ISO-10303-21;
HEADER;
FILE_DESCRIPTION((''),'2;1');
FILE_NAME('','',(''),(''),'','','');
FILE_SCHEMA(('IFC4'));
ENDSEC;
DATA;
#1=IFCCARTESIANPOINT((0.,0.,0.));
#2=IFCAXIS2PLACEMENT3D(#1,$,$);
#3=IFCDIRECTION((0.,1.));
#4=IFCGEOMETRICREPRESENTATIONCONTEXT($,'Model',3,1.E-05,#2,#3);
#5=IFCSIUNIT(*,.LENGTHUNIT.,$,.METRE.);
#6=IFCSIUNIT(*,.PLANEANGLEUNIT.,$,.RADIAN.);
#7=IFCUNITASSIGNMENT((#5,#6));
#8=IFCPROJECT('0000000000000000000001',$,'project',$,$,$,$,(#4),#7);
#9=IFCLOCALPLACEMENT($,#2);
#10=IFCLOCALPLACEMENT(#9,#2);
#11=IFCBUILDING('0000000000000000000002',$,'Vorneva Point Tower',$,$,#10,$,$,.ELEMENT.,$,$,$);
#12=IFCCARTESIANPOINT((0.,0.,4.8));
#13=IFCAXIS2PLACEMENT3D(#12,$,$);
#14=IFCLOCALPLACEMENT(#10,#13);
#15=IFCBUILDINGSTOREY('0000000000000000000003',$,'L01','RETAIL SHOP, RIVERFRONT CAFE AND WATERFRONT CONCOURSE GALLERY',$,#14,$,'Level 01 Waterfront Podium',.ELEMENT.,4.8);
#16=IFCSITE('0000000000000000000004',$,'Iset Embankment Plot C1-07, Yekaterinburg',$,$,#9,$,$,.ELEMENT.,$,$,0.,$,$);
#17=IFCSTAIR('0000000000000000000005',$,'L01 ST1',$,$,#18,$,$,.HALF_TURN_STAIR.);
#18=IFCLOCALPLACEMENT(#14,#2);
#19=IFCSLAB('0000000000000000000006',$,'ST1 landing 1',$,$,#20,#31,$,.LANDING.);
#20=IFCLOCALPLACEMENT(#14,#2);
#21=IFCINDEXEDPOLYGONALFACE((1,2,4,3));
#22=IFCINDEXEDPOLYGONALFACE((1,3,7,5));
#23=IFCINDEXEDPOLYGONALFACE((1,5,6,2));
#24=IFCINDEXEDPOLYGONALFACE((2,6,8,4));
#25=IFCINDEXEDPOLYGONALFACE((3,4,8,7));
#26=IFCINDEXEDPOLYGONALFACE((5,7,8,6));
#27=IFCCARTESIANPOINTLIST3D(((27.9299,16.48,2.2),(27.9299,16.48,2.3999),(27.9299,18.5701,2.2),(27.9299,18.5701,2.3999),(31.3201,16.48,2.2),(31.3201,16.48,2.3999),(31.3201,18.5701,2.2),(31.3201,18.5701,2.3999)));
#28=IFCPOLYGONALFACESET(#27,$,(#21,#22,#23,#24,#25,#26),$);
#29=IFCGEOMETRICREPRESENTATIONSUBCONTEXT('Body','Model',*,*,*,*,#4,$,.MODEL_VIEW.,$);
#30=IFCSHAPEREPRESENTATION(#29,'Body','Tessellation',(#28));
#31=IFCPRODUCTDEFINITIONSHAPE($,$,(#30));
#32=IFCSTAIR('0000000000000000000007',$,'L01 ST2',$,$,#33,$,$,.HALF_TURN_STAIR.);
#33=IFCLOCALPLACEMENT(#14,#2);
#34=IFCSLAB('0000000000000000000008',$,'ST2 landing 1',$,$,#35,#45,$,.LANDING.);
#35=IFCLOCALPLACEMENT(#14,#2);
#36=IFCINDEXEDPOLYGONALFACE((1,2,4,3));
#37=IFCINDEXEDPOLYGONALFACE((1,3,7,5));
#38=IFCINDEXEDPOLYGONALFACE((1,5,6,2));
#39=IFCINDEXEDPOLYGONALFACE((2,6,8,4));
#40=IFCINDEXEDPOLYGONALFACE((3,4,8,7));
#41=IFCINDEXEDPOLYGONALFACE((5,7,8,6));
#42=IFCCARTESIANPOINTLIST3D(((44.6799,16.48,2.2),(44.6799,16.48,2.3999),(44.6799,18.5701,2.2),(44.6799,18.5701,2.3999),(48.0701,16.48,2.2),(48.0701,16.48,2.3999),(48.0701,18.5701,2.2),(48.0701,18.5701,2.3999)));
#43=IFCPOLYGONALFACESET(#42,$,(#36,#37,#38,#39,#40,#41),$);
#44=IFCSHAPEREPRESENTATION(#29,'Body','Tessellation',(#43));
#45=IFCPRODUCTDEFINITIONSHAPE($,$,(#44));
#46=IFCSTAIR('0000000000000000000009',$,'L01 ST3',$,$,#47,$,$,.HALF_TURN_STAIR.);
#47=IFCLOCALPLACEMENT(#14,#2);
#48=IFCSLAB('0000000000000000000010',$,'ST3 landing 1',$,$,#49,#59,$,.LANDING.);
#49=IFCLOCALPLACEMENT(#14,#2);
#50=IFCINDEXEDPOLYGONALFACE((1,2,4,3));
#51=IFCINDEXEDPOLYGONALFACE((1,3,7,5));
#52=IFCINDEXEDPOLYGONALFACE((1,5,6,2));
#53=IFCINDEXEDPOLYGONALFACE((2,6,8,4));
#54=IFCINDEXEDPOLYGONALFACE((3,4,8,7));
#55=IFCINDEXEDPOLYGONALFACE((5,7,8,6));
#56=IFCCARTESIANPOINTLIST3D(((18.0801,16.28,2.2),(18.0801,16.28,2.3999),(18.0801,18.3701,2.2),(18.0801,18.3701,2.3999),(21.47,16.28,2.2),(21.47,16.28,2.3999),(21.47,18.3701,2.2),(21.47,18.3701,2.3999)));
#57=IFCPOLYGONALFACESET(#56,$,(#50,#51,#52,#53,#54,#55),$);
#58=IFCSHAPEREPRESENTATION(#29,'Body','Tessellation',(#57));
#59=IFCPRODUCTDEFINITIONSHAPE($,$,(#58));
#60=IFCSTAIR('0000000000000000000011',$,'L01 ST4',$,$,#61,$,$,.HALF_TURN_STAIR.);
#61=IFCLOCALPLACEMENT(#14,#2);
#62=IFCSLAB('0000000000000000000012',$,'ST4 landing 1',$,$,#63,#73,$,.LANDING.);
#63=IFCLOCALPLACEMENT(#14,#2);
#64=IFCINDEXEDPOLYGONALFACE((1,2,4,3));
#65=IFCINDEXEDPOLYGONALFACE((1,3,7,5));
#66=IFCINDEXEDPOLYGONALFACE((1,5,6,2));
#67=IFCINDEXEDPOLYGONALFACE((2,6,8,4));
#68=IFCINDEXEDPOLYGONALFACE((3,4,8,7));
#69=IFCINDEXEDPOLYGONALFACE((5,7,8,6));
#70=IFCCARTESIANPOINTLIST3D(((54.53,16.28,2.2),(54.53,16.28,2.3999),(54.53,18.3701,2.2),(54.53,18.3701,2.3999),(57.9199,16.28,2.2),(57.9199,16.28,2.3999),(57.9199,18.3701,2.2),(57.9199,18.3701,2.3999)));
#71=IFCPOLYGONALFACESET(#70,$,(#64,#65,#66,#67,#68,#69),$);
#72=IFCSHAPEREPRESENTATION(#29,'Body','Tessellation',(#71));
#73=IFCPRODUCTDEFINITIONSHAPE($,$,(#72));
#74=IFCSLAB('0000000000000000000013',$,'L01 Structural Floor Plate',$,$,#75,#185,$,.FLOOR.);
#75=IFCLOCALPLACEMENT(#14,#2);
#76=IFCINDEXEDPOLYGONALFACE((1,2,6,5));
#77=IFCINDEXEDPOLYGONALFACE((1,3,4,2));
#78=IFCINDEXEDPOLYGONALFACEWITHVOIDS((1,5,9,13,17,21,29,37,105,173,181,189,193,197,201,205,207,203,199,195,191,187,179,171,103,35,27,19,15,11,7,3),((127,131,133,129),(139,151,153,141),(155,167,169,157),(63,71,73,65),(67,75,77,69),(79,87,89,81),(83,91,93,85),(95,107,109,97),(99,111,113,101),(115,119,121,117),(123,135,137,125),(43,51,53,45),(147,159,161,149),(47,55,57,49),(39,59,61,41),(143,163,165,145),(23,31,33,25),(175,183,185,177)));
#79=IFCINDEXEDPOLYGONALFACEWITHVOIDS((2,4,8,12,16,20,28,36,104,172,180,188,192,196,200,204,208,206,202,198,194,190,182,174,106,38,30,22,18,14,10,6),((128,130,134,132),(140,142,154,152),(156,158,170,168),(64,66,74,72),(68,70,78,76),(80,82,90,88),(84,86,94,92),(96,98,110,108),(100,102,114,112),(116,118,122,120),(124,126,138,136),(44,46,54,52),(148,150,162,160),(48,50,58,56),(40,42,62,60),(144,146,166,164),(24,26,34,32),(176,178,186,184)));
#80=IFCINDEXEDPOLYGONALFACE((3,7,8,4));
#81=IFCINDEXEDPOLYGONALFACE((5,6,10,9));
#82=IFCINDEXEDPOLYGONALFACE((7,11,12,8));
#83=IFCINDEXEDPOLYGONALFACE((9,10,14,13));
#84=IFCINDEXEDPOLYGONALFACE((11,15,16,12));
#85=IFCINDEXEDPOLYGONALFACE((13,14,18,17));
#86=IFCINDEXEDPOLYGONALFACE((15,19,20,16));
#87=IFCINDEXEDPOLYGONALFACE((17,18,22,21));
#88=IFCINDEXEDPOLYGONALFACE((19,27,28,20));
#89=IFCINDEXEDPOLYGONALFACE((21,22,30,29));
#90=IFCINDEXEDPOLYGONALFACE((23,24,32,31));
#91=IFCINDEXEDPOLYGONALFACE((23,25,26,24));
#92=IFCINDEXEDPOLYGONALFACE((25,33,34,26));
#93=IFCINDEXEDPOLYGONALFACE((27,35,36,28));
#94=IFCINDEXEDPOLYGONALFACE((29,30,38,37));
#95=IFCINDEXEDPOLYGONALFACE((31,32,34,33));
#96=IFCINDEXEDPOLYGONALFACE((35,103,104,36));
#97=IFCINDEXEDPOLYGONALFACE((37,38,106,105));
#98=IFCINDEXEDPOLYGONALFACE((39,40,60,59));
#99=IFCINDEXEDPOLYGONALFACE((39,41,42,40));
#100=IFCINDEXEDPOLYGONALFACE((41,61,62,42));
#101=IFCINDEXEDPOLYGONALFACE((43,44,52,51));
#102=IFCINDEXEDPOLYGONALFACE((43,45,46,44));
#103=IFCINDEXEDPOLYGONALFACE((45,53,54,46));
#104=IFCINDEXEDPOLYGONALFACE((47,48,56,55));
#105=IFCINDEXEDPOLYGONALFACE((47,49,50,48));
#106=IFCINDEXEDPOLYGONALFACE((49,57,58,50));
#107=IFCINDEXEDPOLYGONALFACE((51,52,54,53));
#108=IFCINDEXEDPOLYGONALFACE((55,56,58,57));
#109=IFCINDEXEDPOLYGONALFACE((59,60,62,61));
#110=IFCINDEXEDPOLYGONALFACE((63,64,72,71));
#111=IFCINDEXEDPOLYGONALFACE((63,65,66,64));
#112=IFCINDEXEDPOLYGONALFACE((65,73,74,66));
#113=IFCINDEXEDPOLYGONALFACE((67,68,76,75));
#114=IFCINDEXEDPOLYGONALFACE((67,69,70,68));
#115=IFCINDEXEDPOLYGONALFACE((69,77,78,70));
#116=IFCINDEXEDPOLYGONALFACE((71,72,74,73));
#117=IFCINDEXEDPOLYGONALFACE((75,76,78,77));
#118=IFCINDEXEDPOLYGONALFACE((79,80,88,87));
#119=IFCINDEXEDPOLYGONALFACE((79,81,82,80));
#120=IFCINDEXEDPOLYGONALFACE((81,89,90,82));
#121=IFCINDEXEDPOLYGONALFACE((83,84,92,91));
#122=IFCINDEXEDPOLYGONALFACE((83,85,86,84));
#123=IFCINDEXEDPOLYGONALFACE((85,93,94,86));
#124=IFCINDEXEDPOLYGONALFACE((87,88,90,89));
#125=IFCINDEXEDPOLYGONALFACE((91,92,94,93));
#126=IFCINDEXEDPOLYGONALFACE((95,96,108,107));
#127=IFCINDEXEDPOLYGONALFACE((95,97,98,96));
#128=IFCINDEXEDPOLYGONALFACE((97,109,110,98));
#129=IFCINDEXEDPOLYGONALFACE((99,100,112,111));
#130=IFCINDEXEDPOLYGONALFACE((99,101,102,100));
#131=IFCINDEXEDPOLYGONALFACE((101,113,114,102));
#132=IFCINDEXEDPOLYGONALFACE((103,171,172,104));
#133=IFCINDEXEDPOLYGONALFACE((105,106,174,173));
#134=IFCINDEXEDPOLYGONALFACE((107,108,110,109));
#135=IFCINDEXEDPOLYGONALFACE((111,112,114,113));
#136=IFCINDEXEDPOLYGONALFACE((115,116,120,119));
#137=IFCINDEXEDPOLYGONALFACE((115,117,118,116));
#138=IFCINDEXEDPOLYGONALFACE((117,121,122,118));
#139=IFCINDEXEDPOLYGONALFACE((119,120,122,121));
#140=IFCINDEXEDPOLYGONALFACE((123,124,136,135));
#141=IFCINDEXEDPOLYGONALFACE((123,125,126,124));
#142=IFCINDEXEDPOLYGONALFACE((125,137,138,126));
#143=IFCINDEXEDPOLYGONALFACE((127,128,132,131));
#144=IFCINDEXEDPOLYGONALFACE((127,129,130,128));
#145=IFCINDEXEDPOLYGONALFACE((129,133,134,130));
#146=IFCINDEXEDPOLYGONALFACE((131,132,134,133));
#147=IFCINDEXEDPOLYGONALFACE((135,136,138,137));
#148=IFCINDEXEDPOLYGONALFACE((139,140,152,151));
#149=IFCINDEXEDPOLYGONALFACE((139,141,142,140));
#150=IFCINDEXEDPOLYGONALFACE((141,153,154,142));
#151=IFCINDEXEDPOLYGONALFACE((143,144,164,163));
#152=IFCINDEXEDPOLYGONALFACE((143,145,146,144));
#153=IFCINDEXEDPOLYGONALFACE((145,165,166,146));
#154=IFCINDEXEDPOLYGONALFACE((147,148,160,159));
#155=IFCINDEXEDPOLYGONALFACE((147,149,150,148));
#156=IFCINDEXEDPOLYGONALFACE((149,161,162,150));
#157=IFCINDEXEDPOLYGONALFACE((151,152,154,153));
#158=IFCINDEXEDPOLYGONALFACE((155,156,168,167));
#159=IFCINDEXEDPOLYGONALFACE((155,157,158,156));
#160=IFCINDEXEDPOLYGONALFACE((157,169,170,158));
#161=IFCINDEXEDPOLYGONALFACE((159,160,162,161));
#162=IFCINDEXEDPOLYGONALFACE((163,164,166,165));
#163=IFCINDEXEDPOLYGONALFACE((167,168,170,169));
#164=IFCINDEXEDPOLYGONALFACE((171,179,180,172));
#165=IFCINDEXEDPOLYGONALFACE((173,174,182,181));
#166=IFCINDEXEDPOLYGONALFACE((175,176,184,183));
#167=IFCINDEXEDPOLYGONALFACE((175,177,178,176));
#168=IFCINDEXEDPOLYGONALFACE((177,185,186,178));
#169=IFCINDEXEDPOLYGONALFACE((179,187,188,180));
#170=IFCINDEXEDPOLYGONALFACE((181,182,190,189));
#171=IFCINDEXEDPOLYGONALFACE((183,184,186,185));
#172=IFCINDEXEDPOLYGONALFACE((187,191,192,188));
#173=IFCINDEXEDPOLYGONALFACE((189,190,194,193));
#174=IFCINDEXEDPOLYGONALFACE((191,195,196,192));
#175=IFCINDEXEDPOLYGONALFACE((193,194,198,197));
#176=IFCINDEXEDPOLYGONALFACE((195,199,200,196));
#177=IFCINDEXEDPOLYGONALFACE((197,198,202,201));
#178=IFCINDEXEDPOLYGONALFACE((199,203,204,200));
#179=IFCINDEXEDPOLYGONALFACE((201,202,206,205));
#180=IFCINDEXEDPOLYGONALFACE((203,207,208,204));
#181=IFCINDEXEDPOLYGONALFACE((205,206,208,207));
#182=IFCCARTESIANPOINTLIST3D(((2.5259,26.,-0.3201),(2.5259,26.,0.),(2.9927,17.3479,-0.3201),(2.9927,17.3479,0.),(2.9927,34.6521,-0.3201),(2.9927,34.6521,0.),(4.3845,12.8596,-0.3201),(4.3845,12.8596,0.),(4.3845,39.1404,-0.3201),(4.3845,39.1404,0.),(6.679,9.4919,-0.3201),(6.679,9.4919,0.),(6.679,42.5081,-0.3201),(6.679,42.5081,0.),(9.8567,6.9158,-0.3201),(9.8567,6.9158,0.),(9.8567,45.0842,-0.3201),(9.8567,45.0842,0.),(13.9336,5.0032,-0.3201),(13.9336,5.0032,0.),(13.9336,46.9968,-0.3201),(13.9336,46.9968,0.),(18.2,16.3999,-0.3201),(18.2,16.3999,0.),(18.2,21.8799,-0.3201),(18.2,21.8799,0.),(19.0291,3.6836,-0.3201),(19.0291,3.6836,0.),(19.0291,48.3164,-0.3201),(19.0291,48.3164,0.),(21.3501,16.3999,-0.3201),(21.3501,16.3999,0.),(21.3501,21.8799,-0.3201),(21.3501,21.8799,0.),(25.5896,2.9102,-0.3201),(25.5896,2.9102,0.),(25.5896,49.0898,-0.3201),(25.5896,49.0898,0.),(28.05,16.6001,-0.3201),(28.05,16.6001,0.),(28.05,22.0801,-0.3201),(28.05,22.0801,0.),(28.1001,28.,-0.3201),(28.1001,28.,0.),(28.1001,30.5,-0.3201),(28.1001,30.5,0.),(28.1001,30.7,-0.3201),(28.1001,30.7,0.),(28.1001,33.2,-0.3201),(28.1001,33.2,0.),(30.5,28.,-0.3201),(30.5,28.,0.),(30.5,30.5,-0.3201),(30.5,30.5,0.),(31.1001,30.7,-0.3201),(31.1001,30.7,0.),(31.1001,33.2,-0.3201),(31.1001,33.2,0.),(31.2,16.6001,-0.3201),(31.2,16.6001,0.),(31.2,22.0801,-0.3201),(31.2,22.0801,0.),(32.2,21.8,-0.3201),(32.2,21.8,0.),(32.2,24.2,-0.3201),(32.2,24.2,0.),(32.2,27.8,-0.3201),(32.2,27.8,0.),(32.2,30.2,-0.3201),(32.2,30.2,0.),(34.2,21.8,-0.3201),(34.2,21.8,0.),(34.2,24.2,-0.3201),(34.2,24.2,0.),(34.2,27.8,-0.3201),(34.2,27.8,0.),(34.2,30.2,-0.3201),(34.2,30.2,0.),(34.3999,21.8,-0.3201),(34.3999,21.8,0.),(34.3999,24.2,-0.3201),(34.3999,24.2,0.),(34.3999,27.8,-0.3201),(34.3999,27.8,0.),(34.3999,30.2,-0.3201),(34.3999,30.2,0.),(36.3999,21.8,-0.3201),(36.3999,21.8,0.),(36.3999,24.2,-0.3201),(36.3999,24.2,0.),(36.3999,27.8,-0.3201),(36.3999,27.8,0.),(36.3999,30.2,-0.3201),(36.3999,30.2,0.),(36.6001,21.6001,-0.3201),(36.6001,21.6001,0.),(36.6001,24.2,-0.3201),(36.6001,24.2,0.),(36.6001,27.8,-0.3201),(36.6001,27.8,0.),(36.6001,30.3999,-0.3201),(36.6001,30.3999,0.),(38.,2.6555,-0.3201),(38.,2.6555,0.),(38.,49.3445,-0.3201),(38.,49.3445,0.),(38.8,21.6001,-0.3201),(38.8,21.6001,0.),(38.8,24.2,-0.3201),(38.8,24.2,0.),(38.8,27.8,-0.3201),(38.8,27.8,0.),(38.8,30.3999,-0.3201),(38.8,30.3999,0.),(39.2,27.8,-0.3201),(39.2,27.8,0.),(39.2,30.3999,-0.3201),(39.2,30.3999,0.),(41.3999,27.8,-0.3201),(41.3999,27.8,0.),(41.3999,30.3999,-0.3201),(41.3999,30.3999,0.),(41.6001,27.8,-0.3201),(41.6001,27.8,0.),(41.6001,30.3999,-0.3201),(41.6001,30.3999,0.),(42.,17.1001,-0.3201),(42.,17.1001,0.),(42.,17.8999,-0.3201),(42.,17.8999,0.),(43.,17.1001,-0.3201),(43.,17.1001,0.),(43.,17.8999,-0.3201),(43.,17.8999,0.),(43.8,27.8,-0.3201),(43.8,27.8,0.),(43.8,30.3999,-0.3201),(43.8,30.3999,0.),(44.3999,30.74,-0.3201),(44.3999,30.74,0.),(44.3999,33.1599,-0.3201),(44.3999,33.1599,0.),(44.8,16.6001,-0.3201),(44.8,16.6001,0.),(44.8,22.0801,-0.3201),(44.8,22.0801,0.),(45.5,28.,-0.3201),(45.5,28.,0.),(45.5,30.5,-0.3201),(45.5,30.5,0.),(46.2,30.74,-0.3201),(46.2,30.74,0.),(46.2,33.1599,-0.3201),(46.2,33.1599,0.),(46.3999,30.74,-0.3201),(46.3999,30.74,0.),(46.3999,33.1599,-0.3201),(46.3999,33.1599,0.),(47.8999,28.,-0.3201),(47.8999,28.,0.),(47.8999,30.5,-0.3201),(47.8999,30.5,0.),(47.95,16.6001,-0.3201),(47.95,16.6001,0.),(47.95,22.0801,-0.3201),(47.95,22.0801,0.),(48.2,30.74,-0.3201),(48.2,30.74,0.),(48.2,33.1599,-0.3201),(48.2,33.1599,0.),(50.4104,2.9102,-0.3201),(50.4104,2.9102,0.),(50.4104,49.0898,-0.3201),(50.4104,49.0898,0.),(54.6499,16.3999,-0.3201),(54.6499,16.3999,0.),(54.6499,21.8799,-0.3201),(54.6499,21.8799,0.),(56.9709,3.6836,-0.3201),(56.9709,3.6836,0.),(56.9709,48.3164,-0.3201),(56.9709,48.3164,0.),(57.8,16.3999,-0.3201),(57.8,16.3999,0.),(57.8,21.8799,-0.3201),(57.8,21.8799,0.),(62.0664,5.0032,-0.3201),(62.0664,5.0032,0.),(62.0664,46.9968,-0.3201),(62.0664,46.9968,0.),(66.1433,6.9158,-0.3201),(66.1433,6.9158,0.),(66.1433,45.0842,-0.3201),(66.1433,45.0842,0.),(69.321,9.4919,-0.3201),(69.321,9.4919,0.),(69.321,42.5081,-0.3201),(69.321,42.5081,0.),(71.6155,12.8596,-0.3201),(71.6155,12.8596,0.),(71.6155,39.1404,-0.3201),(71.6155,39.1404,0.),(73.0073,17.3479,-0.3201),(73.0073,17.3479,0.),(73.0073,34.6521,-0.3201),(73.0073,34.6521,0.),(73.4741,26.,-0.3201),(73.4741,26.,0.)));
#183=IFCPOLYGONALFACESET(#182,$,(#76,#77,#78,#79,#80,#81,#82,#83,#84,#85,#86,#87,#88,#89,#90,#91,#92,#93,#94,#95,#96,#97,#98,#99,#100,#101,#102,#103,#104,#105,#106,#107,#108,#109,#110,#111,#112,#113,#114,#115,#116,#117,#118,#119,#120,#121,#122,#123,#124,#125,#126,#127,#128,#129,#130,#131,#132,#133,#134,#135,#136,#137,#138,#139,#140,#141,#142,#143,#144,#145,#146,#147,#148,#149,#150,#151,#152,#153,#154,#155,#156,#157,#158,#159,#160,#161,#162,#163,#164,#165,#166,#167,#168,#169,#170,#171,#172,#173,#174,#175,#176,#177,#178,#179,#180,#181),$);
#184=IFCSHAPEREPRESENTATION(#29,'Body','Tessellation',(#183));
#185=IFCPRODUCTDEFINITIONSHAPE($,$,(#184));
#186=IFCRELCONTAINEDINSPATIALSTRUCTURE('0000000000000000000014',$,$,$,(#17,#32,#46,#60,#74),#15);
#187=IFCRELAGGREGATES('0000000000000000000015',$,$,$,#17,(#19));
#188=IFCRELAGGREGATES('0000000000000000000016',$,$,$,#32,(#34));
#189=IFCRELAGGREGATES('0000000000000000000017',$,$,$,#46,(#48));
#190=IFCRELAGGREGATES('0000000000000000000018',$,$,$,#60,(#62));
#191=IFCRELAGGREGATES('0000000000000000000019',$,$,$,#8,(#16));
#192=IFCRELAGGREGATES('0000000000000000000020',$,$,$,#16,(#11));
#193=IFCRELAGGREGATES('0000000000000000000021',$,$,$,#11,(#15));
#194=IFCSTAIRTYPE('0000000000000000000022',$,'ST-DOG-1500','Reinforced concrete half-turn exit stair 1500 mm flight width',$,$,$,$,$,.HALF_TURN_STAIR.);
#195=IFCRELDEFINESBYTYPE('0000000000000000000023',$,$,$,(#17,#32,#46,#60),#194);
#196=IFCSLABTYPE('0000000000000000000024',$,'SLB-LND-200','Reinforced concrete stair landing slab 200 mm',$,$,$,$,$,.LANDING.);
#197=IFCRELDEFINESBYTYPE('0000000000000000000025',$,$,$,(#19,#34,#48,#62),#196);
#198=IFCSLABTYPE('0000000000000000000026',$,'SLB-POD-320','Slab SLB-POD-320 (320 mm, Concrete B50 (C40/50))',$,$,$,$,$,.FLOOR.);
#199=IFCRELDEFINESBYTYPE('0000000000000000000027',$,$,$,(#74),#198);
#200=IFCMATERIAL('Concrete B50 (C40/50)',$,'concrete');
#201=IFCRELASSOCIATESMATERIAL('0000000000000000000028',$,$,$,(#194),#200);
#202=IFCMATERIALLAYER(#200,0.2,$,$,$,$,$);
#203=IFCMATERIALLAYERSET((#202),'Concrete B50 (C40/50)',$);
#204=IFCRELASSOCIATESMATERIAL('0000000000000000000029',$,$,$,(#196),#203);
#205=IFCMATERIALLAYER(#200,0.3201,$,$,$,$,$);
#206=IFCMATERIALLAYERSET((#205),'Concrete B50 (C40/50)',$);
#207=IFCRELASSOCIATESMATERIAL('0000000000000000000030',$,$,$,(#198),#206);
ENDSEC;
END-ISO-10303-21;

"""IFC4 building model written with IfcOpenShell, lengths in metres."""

from ifc_helpers import new_model, si_unit, direction, frame, origin, place, context, subcontext, project, spatial, polyline, outline, extrude, material, layer, layer_set, type_object, element, aggregate, save


model = new_model("IFC4")

# Units and contexts
model_context = context("Model", 3, precision=1e-05, world=origin(), true_north=direction((0.0, 1.0)))
body_context = subcontext(model_context, "Body", "Model", "MODEL_VIEW")
ifc_project = project(units=[si_unit("LENGTHUNIT", "METRE"), si_unit("PLANEANGLEUNIT", "RADIAN")], contexts=[model_context])

# Site, building, storey
site_placement = place(None, origin())
site = spatial("IfcSite", under=ifc_project, at=site_placement, Name="Iset Embankment Plot C1-07, Yekaterinburg", CompositionType="ELEMENT", RefElevation=0.0)
building_placement = place(site_placement, origin())
building = spatial("IfcBuilding", under=site, at=building_placement, Name="Vorneva Point Tower", CompositionType="ELEMENT")
storey_placement = place(building_placement, frame((0.0, 0.0, 4.8)))
storey = spatial("IfcBuildingStorey", under=building, at=storey_placement, Name="L01", Description="RETAIL SHOP, RIVERFRONT CAFE AND WATERFRONT CONCOURSE GALLERY", LongName="Level 01 Waterfront Podium", CompositionType="ELEMENT", Elevation=4.8)

# Stairs, slabs
ifc_material_1 = material(Name="Concrete B50 (C40/50)", Category="concrete")
stair_type = type_object("IfcStairType", Name="ST-DOG-1500", Description="Reinforced concrete half-turn exit stair 1500 mm flight width", PredefinedType="HALF_TURN_STAIR", material=ifc_material_1)
stair_1_placement = place(storey_placement, origin())
stair_1 = element("IfcStair", 1, at=stair_1_placement, inside=storey, type_object=stair_type, Name="L01 ST1", PredefinedType="HALF_TURN_STAIR")
ifc_layer_1 = layer(ifc_material_1, 0.2)
ifc_layer_set_1 = layer_set([ifc_layer_1], Name="Concrete B50 (C40/50)")
slab_type_1 = type_object("IfcSlabType", Name="SLB-LND-200", Description="Reinforced concrete stair landing slab 200 mm", PredefinedType="LANDING", material=ifc_layer_set_1)
slab_1_placement = place(storey_placement, frame((0.0, 0.0, 2.2)))
slab_1 = element("IfcSlab", 2, at=slab_1_placement, type_object=slab_type_1, Name="ST1 landing 1", PredefinedType="LANDING", context=body_context, shape_type="SweptSolid", body=[
    extrude(outline(polyline([(27.9299, 16.48), (31.3201, 16.48), (31.3201, 18.5701), (27.9299, 18.5701), (27.9299, 16.48)])), origin(), (0.0, 0.0, 1.0), 0.2),
])
aggregate(stair_1, [slab_1])
stair_2_placement = place(storey_placement, origin())
stair_2 = element("IfcStair", 3, at=stair_2_placement, inside=storey, type_object=stair_type, Name="L01 ST2", PredefinedType="HALF_TURN_STAIR")
slab_2_placement = place(storey_placement, frame((0.0, 0.0, 2.2)))
slab_2 = element("IfcSlab", 4, at=slab_2_placement, type_object=slab_type_1, Name="ST2 landing 1", PredefinedType="LANDING", context=body_context, shape_type="SweptSolid", body=[
    extrude(outline(polyline([(44.6799, 16.48), (48.0701, 16.48), (48.0701, 18.5701), (44.6799, 18.5701), (44.6799, 16.48)])), origin(), (0.0, 0.0, 1.0), 0.2),
])
aggregate(stair_2, [slab_2])
stair_3_placement = place(storey_placement, origin())
stair_3 = element("IfcStair", 5, at=stair_3_placement, inside=storey, type_object=stair_type, Name="L01 ST3", PredefinedType="HALF_TURN_STAIR")
slab_3_placement = place(storey_placement, frame((0.0, 0.0, 2.2)))
slab_3 = element("IfcSlab", 6, at=slab_3_placement, type_object=slab_type_1, Name="ST3 landing 1", PredefinedType="LANDING", context=body_context, shape_type="SweptSolid", body=[
    extrude(outline(polyline([(18.0801, 16.28), (21.47, 16.28), (21.47, 18.3701), (18.0801, 18.3701), (18.0801, 16.28)])), origin(), (0.0, 0.0, 1.0), 0.2),
])
aggregate(stair_3, [slab_3])
stair_4_placement = place(storey_placement, origin())
stair_4 = element("IfcStair", 7, at=stair_4_placement, inside=storey, type_object=stair_type, Name="L01 ST4", PredefinedType="HALF_TURN_STAIR")
slab_4_placement = place(storey_placement, frame((0.0, 0.0, 2.2)))
slab_4 = element("IfcSlab", 8, at=slab_4_placement, type_object=slab_type_1, Name="ST4 landing 1", PredefinedType="LANDING", context=body_context, shape_type="SweptSolid", body=[
    extrude(outline(polyline([(54.53, 16.28), (57.9199, 16.28), (57.9199, 18.3701), (54.53, 18.3701), (54.53, 16.28)])), origin(), (0.0, 0.0, 1.0), 0.2),
])
aggregate(stair_4, [slab_4])

# Slab
ifc_layer_2 = layer(ifc_material_1, 0.3201)
ifc_layer_set_2 = layer_set([ifc_layer_2], Name="Concrete B50 (C40/50)")
slab_type_2 = type_object("IfcSlabType", Name="SLB-POD-320", Description="Slab SLB-POD-320 (320 mm, Concrete B50 (C40/50))", PredefinedType="FLOOR", material=ifc_layer_set_2)
slab_5_placement = place(storey_placement, frame((0.0, 0.0, -0.3201)))
element("IfcSlab", 9, at=slab_5_placement, inside=storey, type_object=slab_type_2, Name="L01 Structural Floor Plate", PredefinedType="FLOOR", context=body_context, shape_type="SweptSolid", body=[
    extrude(outline(polyline([(73.4741, 26.0), (73.0073, 34.6521), (71.6155, 39.1404), (69.321, 42.5081), (66.1433, 45.0842), (62.0664, 46.9968), (56.9709, 48.3164), (50.4104, 49.0898), (38.0, 49.3445), (25.5896, 49.0898), (19.0291, 48.3164), (13.9336, 46.9968), (9.8567, 45.0842), (6.679, 42.5081), (4.3845, 39.1404), (2.9927, 34.6521), (2.5259, 26.0), (2.9927, 17.3479), (4.3845, 12.8596), (6.679, 9.4919), (9.8567, 6.9158), (13.9336, 5.0032), (19.0291, 3.6836), (25.5896, 2.9102), (38.0, 2.6555), (50.4104, 2.9102), (56.9709, 3.6836), (62.0664, 5.0032), (66.1433, 6.9158), (69.321, 9.4919), (71.6155, 12.8596), (73.0073, 17.3479), (73.4741, 26.0)]), holes=[polyline([(32.2, 27.8), (34.2, 27.8), (34.2, 30.2), (32.2, 30.2), (32.2, 27.8)]), polyline([(34.3999, 27.8), (36.3999, 27.8), (36.3999, 30.2), (34.3999, 30.2), (34.3999, 27.8)]), polyline([(36.6001, 27.8), (38.8, 27.8), (38.8, 30.3999), (36.6001, 30.3999), (36.6001, 27.8)]), polyline([(32.2, 21.8), (34.2, 21.8), (34.2, 24.2), (32.2, 24.2), (32.2, 21.8)]), polyline([(34.3999, 21.8), (36.3999, 21.8), (36.3999, 24.2), (34.3999, 24.2), (34.3999, 21.8)]), polyline([(36.6001, 21.6001), (38.8, 21.6001), (38.8, 24.2), (36.6001, 24.2), (36.6001, 21.6001)]), polyline([(39.2, 27.8), (41.3999, 27.8), (41.3999, 30.3999), (39.2, 30.3999), (39.2, 27.8)]), polyline([(41.6001, 27.8), (43.8, 27.8), (43.8, 30.3999), (41.6001, 30.3999), (41.6001, 27.8)]), polyline([(44.3999, 30.74), (46.2, 30.74), (46.2, 33.1599), (44.3999, 33.1599), (44.3999, 30.74)]), polyline([(46.3999, 30.74), (48.2, 30.74), (48.2, 33.1599), (46.3999, 33.1599), (46.3999, 30.74)]), polyline([(28.1001, 28.0), (30.5, 28.0), (30.5, 30.5), (28.1001, 30.5), (28.1001, 28.0)]), polyline([(45.5, 28.0), (47.8999, 28.0), (47.8999, 30.5), (45.5, 30.5), (45.5, 28.0)]), polyline([(28.1001, 30.7), (31.1001, 30.7), (31.1001, 33.2), (28.1001, 33.2), (28.1001, 30.7)]), polyline([(28.05, 16.6001), (31.2, 16.6001), (31.2, 22.0801), (28.05, 22.0801), (28.05, 16.6001)]), polyline([(44.8, 16.6001), (47.95, 16.6001), (47.95, 22.0801), (44.8, 22.0801), (44.8, 16.6001)]), polyline([(18.2, 16.3999), (21.3501, 16.3999), (21.3501, 21.8799), (18.2, 21.8799), (18.2, 16.3999)]), polyline([(54.6499, 16.3999), (57.8, 16.3999), (57.8, 21.8799), (54.6499, 21.8799), (54.6499, 16.3999)]), polyline([(42.0, 17.1001), (43.0, 17.1001), (43.0, 17.8999), (42.0, 17.8999), (42.0, 17.1001)])]), origin(), (0.0, 0.0, 1.0), 0.3201),
])

save(model, "model.ifc")
